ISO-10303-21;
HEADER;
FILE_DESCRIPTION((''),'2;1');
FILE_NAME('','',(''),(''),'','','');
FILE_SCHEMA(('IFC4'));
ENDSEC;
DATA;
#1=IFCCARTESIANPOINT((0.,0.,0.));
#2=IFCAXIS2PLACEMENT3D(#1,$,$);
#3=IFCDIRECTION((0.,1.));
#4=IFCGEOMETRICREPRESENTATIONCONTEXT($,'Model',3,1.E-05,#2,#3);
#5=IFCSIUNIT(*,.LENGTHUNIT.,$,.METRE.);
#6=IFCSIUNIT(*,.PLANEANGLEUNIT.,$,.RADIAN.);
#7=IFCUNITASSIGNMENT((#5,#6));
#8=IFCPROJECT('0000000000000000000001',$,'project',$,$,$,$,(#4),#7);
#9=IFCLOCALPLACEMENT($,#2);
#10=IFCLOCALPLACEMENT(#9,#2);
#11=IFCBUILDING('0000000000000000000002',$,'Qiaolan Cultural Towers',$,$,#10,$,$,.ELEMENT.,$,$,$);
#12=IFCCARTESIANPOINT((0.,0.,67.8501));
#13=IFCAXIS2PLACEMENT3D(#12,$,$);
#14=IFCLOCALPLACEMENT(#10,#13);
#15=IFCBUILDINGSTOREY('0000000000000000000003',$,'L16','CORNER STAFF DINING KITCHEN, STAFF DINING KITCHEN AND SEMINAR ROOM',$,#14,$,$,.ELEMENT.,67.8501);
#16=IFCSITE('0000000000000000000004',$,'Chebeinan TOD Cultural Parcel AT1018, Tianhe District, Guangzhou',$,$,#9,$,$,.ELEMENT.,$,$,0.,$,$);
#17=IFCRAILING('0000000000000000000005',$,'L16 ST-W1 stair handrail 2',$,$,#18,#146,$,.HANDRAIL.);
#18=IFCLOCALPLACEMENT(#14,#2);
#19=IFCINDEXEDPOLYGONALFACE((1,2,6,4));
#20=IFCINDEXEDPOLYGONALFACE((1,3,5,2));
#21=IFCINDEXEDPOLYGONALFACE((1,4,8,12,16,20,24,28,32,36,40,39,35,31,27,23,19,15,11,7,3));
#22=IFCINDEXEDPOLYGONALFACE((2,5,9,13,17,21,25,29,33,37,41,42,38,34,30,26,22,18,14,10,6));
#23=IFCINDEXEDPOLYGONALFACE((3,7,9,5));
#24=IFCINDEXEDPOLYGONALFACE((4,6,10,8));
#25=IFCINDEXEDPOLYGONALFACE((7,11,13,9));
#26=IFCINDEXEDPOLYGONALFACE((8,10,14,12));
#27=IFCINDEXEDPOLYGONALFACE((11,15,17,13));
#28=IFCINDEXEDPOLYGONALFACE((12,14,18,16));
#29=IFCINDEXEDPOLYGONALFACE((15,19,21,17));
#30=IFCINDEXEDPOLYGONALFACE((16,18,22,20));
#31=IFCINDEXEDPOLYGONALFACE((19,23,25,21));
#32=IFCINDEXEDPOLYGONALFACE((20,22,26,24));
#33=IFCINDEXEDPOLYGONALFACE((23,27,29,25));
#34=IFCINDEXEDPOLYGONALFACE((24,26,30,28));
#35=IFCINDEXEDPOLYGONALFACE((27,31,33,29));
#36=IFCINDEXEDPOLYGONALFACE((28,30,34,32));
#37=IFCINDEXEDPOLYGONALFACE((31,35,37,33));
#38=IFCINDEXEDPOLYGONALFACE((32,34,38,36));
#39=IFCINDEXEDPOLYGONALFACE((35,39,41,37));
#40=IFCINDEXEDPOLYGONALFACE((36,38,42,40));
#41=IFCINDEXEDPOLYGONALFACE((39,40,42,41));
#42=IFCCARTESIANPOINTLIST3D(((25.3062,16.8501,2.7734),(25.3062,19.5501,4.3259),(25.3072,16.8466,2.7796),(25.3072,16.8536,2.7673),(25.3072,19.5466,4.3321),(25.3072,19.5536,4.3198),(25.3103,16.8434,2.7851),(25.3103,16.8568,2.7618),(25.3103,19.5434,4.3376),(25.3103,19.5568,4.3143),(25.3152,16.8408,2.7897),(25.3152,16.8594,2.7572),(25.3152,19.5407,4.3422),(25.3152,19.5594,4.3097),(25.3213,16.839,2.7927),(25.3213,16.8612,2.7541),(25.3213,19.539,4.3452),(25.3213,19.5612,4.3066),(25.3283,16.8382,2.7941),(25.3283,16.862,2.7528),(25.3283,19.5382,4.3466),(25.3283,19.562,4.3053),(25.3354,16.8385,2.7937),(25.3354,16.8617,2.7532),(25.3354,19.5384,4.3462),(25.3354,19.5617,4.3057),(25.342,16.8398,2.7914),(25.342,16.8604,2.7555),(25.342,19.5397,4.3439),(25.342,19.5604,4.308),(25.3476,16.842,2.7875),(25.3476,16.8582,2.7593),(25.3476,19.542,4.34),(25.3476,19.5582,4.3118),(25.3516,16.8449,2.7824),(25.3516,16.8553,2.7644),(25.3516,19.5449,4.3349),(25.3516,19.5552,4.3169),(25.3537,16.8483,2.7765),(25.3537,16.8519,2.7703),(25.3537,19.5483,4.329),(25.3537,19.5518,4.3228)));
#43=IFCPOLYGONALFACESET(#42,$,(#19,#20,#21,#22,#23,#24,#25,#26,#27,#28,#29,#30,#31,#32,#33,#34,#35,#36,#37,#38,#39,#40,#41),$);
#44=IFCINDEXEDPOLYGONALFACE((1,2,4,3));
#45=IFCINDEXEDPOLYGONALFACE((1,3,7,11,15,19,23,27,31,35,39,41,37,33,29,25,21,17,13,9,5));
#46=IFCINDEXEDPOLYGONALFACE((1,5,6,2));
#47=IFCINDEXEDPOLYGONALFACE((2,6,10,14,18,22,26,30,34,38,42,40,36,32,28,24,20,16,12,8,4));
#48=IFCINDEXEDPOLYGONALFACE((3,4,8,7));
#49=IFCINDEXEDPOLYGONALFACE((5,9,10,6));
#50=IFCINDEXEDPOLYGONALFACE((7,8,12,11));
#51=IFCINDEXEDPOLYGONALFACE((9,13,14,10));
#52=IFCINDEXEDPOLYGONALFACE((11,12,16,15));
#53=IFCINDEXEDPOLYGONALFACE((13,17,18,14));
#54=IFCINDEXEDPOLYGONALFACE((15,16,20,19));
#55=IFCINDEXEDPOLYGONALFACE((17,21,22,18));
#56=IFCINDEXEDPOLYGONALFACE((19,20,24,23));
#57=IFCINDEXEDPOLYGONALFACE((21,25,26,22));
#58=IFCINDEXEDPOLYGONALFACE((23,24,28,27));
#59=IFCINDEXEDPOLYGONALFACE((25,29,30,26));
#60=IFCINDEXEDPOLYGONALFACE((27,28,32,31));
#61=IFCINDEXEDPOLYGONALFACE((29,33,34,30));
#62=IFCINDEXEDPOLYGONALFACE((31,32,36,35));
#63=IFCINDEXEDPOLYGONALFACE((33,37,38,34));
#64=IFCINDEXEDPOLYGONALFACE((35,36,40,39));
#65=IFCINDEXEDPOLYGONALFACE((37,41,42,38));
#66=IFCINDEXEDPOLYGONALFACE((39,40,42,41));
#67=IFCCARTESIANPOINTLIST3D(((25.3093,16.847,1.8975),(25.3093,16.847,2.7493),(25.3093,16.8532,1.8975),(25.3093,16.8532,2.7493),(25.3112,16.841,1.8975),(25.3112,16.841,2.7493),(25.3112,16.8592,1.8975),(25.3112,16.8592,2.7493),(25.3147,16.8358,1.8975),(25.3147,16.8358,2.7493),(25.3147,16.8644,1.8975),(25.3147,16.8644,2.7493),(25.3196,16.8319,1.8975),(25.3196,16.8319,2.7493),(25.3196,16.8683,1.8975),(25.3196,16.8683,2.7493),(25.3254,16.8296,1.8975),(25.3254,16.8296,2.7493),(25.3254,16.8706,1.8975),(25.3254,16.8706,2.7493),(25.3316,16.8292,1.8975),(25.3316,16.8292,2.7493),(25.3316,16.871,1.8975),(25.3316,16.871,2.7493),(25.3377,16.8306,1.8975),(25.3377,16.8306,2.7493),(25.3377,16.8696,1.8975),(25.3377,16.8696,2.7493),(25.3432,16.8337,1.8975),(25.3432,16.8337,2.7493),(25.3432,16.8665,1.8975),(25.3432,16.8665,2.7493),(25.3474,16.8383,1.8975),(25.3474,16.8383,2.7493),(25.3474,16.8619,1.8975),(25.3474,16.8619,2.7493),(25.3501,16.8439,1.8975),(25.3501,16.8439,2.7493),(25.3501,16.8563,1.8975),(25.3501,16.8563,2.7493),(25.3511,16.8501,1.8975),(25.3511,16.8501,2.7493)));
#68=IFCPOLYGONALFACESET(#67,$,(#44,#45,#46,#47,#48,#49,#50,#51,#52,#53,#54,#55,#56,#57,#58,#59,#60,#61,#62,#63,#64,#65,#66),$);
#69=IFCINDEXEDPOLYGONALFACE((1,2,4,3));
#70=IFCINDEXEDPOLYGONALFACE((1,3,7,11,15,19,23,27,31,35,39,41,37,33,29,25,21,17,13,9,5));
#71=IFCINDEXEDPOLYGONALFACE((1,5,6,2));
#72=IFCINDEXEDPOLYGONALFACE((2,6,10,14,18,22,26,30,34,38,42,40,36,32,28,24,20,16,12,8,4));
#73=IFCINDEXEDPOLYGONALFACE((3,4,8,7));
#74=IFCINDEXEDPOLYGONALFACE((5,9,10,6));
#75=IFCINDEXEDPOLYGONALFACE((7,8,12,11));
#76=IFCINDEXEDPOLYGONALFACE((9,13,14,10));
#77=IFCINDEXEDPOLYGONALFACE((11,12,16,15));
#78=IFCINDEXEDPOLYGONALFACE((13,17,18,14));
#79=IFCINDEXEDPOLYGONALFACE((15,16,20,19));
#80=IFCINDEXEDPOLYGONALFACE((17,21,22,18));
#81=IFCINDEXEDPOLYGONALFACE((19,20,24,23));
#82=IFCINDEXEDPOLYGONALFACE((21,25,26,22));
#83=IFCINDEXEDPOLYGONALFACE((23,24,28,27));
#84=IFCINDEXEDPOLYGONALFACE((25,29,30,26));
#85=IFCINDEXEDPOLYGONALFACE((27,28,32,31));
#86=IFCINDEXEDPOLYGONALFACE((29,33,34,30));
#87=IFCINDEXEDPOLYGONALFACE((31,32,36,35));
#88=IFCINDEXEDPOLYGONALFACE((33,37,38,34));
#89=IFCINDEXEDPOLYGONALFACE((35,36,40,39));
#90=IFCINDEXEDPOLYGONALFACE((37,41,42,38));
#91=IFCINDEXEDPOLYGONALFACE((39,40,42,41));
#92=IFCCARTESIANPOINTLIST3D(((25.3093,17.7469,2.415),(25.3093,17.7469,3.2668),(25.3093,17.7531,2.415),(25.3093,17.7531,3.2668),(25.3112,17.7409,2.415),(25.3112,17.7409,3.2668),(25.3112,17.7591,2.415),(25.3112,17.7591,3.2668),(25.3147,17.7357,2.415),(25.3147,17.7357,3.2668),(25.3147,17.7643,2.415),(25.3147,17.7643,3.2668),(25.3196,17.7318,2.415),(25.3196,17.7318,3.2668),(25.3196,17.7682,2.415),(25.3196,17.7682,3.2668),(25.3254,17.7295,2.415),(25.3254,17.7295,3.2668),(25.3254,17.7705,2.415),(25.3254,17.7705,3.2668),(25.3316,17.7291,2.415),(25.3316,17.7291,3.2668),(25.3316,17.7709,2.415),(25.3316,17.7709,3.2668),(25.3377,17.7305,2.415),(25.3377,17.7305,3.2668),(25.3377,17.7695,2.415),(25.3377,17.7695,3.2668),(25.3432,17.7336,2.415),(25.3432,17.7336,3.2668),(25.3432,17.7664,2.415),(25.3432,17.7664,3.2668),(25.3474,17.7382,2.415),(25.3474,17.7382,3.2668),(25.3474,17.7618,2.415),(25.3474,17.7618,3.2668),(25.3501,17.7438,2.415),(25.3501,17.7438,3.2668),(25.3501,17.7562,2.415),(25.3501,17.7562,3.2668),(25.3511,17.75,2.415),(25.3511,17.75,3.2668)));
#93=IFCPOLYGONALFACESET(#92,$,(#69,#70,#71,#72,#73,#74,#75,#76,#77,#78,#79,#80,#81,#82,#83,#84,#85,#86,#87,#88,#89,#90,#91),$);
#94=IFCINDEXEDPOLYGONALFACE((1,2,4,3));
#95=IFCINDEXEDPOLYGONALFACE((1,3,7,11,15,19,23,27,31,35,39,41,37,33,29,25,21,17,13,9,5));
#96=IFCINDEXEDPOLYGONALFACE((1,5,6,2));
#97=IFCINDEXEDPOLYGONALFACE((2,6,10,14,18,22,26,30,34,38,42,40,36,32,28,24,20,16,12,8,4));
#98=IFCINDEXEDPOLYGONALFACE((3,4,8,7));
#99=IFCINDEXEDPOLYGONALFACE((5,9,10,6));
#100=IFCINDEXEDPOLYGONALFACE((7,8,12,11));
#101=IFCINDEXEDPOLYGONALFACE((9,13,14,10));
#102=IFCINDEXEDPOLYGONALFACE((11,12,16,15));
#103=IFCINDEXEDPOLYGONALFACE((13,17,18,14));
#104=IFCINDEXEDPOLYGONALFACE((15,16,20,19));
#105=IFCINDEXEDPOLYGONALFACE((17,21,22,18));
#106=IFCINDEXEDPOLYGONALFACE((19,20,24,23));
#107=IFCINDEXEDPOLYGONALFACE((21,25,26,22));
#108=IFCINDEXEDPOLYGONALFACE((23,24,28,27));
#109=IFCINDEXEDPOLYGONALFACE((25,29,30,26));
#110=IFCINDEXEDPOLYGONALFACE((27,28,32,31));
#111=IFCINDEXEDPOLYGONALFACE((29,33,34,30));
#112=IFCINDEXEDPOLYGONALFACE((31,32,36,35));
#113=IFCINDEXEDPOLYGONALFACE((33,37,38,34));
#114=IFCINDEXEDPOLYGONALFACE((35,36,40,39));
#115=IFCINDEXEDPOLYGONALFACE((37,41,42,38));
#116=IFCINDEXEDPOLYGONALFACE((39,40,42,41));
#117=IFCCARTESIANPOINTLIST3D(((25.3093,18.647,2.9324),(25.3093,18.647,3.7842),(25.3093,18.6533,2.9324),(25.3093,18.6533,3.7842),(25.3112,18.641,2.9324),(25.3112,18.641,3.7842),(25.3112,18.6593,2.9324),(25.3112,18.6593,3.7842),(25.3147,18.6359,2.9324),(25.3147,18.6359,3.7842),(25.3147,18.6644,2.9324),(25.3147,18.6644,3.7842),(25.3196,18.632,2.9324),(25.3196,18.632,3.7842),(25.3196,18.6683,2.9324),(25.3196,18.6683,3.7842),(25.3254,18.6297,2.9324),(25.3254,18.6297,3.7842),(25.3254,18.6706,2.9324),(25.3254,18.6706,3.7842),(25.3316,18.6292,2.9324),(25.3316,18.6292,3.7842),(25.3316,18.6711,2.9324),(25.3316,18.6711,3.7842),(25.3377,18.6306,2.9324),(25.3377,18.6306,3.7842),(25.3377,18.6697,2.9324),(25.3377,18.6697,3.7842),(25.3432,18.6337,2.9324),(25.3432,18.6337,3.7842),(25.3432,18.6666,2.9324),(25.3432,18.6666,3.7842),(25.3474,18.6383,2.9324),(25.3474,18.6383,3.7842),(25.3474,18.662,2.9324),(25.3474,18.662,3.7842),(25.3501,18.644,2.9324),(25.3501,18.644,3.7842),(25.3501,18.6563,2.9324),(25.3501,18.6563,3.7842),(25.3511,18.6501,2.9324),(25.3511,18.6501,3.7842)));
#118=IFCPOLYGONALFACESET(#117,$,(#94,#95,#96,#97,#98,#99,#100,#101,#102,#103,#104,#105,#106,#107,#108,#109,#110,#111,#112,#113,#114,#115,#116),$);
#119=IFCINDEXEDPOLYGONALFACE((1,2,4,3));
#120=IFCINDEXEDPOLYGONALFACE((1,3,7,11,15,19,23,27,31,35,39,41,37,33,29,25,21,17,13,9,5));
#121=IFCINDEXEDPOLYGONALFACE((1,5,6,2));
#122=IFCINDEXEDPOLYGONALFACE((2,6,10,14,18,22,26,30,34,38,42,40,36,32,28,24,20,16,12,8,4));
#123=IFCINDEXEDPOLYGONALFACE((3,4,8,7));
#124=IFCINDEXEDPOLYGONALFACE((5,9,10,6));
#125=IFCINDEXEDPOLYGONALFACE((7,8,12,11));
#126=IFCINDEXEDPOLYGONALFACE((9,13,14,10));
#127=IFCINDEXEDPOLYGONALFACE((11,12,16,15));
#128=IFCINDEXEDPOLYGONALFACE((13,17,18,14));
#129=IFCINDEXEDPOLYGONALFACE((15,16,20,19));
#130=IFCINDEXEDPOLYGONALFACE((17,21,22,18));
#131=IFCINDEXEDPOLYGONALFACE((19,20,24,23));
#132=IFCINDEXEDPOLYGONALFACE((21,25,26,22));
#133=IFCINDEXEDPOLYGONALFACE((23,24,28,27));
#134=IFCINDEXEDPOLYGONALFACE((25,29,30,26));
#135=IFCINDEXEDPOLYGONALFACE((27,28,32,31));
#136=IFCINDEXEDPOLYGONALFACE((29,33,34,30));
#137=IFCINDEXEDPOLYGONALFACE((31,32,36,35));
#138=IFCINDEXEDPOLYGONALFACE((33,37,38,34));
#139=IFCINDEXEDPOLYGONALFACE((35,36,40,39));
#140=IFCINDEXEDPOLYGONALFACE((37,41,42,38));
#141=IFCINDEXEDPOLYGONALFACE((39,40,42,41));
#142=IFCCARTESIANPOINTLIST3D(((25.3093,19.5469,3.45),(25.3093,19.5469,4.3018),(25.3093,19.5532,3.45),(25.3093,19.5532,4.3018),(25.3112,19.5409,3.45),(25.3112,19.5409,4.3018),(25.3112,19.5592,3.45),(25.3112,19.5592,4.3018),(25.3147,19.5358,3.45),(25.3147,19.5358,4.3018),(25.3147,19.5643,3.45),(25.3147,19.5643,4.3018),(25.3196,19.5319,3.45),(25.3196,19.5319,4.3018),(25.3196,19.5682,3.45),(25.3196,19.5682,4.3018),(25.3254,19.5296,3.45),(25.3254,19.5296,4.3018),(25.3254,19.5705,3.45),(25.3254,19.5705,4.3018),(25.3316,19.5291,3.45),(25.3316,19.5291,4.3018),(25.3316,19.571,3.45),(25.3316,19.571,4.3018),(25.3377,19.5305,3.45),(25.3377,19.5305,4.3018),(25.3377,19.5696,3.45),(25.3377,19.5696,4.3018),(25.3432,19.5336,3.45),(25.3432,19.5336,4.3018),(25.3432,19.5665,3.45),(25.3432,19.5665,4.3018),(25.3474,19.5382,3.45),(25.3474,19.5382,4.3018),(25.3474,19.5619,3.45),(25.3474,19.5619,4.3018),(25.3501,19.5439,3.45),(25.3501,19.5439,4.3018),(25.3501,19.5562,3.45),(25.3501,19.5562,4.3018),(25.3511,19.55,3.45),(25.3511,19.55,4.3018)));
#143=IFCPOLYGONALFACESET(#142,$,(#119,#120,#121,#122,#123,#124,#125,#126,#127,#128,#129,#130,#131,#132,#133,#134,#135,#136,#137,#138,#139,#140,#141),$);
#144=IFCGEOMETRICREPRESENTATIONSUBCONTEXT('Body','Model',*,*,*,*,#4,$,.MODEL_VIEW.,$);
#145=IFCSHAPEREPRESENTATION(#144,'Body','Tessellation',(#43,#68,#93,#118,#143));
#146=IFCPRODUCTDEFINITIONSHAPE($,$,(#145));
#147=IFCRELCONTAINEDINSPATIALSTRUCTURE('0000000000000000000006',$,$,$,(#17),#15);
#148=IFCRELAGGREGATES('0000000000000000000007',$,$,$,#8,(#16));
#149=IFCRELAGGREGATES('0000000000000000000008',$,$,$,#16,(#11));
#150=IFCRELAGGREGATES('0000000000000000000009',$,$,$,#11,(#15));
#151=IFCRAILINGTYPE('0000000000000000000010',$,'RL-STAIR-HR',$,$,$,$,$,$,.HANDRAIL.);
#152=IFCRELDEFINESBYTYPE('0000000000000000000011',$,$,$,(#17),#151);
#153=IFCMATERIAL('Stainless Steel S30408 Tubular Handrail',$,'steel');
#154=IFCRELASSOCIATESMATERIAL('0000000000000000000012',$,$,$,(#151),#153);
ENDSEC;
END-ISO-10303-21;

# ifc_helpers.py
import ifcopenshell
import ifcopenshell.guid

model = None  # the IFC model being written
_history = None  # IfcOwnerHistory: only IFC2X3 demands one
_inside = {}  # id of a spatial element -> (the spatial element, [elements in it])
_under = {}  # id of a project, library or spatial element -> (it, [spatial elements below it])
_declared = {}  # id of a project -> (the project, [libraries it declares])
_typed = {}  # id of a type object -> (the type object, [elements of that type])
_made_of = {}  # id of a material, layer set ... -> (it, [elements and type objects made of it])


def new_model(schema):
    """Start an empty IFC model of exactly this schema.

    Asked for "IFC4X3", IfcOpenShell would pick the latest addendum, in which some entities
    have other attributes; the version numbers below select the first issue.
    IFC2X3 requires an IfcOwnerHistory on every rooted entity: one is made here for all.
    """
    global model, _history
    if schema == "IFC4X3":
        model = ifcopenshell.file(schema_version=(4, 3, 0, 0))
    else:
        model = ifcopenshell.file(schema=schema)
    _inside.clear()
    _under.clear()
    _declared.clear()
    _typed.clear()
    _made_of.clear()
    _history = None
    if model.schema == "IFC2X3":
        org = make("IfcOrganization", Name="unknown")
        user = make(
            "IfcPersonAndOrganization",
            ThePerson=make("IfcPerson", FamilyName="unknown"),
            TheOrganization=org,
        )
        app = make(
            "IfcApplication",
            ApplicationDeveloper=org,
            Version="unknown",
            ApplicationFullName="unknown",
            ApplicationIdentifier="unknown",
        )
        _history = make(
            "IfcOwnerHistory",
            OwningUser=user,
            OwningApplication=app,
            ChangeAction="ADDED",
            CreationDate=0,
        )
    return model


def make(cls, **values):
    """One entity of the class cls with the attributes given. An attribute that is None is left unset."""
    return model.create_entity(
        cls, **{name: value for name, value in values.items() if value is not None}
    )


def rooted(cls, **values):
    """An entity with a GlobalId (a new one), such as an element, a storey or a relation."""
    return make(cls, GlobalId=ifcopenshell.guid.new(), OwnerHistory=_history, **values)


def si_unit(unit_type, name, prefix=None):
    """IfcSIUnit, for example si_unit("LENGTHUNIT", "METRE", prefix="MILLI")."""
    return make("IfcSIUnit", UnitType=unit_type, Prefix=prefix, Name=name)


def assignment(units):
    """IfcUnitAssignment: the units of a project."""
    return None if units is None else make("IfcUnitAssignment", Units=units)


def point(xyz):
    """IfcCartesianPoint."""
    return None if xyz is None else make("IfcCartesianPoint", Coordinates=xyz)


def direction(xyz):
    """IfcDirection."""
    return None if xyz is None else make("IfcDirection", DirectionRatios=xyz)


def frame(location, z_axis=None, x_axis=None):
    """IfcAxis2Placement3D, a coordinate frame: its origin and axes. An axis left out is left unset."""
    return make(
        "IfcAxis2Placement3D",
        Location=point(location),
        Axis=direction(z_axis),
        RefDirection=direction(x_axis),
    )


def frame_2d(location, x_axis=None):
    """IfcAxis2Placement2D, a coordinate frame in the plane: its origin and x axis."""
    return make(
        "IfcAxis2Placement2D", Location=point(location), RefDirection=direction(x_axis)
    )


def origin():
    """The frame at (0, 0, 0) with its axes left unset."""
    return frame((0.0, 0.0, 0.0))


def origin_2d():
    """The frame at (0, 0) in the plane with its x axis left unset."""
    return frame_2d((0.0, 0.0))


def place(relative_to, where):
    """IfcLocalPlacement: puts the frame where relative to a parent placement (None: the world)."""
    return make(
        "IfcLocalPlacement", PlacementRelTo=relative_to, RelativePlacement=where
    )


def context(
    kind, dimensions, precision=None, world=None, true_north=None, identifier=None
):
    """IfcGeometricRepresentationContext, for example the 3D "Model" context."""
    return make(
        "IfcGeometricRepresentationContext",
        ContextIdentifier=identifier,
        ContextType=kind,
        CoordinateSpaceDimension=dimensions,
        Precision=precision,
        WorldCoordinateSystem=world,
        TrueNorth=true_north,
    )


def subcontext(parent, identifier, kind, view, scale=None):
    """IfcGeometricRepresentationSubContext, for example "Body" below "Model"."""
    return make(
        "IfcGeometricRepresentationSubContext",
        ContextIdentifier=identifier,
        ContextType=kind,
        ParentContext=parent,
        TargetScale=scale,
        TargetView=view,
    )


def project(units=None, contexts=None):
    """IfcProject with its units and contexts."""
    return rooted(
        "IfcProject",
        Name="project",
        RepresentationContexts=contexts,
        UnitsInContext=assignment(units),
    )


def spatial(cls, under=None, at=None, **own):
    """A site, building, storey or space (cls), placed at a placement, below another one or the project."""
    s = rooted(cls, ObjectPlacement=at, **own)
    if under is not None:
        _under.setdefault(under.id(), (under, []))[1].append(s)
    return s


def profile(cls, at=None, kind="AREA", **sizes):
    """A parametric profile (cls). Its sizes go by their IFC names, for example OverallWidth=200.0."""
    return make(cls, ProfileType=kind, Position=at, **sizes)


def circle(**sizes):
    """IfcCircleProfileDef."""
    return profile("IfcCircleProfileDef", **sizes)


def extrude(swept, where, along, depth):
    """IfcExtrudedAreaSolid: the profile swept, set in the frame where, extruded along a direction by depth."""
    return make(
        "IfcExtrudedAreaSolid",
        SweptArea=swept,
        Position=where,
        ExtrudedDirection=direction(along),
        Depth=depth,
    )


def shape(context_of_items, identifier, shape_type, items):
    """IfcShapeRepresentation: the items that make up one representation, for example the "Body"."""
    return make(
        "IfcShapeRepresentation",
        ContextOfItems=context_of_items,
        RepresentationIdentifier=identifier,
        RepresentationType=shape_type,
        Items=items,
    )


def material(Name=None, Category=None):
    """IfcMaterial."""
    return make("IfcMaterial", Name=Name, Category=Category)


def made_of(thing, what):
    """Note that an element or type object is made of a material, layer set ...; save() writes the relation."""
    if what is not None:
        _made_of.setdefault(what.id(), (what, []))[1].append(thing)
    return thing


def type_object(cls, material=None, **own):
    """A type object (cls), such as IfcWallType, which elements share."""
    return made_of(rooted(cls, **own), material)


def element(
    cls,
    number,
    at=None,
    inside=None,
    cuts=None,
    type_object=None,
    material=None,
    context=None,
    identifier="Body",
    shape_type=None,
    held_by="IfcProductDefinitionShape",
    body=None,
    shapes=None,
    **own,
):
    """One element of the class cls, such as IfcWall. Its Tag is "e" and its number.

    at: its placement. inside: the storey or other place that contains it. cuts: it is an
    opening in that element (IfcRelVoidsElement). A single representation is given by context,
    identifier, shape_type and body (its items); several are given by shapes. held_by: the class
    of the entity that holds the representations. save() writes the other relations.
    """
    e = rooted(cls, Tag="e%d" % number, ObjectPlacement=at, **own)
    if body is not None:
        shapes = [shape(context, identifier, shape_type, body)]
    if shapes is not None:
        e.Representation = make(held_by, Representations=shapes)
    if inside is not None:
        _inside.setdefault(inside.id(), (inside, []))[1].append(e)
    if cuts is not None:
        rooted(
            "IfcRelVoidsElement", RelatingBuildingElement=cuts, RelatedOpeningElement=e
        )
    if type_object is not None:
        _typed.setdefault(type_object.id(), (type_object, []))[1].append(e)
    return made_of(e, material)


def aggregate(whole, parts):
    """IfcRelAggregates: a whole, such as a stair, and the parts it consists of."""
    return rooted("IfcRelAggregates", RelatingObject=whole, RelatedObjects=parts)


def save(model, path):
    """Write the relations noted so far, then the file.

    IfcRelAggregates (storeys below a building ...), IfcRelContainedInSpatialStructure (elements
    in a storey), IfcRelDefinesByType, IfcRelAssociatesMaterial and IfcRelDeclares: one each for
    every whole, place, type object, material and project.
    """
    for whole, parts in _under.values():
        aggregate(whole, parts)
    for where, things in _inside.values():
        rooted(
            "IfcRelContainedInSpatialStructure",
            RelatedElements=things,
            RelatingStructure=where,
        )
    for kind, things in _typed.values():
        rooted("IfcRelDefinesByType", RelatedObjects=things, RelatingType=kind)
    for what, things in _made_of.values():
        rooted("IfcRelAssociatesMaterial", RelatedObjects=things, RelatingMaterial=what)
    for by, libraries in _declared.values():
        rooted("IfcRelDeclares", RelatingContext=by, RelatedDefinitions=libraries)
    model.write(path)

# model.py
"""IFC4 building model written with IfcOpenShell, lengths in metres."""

from ifc_helpers import new_model, si_unit, direction, frame, origin, origin_2d, place, context, subcontext, project, spatial, circle, extrude, material, type_object, element, save


model = new_model("IFC4")

# Units and contexts
model_context = context("Model", 3, precision=1e-05, world=origin(), true_north=direction((0.0, 1.0)))
body_context = subcontext(model_context, "Body", "Model", "MODEL_VIEW")
ifc_project = project(units=[si_unit("LENGTHUNIT", "METRE"), si_unit("PLANEANGLEUNIT", "RADIAN")], contexts=[model_context])

# Site, building, storey
site_placement = place(None, origin())
site = spatial("IfcSite", under=ifc_project, at=site_placement, Name="Chebeinan TOD Cultural Parcel AT1018, Tianhe District, Guangzhou", CompositionType="ELEMENT", RefElevation=0.0)
building_placement = place(site_placement, origin())
building = spatial("IfcBuilding", under=site, at=building_placement, Name="Qiaolan Cultural Towers", CompositionType="ELEMENT")
storey_placement = place(building_placement, frame((0.0, 0.0, 67.8501)))
storey = spatial("IfcBuildingStorey", under=building, at=storey_placement, Name="L16", Description="CORNER STAFF DINING KITCHEN, STAFF DINING KITCHEN AND SEMINAR ROOM", CompositionType="ELEMENT", Elevation=67.8501)

# Railing
ifc_material_1 = material(Name="Stainless Steel S30408 Tubular Handrail", Category="steel")
railing_type_1 = type_object("IfcRailingType", Name="RL-STAIR-HR", PredefinedType="HANDRAIL", material=ifc_material_1)
railing_1_placement = place(storey_placement, frame((25.3301, 16.8501, 1.8975)))
element("IfcRailing", 1, at=railing_1_placement, inside=storey, type_object=railing_type_1, Name="L16 ST-W1 stair handrail 2", PredefinedType="HANDRAIL", context=body_context, shape_type="SweptSolid", body=[
    extrude(circle(Radius=0.0239, at=origin_2d()), frame((0.0, 0.0, 0.876), z_axis=(0.0, 0.866904, 0.498476), x_axis=(-1.0, 0.0, 0.0)), (0.0, 0.0, 1.0), 3.1145),
    extrude(circle(Radius=0.021, at=origin_2d()), origin(), (0.0, 0.0, 1.0), 0.8518),
    extrude(circle(Radius=0.021, at=origin_2d()), frame((0.0, 0.8999, 0.5176)), (0.0, 0.0, 1.0), 0.8518),
    extrude(circle(Radius=0.021, at=origin_2d()), frame((0.0, 1.8, 1.0349)), (0.0, 0.0, 1.0), 0.8518),
    extrude(circle(Radius=0.021, at=origin_2d()), frame((0.0, 2.7, 1.5525)), (0.0, 0.0, 1.0), 0.8518),
])

save(model, "model.ifc")
